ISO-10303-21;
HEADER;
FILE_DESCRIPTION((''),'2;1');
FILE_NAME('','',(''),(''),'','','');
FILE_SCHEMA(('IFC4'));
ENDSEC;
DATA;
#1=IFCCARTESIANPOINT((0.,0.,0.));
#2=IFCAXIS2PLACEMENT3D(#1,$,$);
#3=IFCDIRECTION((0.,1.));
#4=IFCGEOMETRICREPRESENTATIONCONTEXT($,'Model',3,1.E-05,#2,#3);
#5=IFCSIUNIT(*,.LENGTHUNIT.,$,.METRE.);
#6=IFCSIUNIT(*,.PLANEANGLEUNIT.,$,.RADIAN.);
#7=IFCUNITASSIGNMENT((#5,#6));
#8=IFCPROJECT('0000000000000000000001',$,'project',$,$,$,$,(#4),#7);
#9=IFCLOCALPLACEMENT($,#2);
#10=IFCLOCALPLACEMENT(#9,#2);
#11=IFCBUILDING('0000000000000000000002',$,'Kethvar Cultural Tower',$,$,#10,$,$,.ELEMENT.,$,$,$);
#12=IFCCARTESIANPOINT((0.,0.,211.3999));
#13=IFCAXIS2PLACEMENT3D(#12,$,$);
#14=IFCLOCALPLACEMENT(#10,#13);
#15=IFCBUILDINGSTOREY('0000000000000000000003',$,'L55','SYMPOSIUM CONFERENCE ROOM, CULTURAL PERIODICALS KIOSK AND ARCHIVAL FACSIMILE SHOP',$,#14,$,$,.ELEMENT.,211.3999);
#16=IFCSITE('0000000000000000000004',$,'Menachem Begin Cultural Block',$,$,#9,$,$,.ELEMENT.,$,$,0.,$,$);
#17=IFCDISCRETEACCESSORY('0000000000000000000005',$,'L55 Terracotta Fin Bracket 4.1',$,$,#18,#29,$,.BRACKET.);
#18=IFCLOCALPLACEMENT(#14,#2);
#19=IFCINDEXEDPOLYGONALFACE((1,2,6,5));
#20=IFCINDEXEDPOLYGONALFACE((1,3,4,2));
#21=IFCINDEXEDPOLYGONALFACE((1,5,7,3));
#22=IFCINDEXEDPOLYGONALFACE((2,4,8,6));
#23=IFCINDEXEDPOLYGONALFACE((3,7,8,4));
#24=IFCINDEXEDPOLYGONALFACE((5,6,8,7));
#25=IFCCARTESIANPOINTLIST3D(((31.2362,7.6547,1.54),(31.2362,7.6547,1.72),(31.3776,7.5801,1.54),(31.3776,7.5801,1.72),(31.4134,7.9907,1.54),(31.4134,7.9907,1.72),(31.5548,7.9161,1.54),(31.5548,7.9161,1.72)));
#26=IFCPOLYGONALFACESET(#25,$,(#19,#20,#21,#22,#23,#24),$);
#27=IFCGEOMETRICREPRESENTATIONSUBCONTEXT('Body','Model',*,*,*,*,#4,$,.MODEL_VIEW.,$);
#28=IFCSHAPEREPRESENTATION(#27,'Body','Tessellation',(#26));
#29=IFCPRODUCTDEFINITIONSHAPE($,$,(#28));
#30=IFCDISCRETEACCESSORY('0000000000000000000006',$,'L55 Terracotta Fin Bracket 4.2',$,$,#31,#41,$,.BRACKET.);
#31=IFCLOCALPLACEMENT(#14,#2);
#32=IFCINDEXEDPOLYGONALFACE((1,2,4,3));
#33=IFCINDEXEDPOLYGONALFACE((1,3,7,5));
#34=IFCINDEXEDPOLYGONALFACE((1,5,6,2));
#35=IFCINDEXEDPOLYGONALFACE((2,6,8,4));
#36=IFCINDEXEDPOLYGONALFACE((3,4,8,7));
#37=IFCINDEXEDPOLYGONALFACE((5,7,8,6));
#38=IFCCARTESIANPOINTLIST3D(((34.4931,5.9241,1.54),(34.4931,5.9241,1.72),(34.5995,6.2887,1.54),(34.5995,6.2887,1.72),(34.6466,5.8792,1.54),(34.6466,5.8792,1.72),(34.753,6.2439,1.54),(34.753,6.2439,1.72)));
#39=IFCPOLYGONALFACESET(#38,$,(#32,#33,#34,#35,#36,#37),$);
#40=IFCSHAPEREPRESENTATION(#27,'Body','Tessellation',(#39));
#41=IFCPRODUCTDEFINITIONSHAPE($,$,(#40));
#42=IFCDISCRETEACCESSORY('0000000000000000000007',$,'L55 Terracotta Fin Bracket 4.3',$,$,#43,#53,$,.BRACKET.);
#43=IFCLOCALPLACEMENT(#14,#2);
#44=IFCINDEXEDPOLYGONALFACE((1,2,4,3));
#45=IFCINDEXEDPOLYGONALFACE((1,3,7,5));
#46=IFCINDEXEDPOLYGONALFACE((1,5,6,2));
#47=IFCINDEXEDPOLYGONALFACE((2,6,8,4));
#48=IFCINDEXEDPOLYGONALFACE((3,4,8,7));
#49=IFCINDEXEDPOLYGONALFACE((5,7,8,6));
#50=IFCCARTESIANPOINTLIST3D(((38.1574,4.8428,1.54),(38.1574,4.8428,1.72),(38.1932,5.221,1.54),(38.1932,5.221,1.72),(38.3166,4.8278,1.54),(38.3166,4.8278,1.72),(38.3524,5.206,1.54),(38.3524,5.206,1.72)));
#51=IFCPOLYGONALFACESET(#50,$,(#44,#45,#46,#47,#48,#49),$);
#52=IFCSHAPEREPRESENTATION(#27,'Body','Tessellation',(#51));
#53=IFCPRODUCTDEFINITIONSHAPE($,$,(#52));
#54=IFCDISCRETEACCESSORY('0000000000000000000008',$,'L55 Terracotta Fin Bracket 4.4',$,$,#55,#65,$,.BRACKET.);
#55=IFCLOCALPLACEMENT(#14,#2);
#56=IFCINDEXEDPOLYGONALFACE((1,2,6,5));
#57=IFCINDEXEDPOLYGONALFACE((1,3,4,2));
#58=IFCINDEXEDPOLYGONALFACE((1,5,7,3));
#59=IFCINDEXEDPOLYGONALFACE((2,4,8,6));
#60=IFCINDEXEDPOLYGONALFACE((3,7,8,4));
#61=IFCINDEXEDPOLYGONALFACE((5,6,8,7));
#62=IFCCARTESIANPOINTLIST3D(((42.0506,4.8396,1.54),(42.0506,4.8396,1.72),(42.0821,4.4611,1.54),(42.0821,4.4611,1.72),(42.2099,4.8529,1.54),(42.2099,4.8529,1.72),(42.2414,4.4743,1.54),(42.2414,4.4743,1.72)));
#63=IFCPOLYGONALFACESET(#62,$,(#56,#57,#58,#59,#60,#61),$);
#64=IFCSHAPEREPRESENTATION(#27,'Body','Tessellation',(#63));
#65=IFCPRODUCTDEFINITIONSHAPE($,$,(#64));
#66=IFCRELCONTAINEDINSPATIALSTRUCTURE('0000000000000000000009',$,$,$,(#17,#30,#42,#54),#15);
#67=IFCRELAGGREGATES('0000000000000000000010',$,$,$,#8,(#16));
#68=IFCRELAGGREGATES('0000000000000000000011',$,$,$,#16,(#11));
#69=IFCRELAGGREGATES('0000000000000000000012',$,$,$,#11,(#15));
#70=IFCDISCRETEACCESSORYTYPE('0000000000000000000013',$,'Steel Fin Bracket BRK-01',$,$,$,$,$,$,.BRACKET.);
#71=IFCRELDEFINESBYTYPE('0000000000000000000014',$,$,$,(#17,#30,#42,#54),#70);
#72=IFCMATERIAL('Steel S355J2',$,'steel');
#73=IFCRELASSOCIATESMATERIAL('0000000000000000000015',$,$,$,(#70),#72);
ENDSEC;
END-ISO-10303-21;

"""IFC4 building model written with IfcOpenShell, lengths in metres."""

from ifc_helpers import new_model, si_unit, direction, frame, origin, origin_2d, place, context, subcontext, project, spatial, rectangle, extrude, source, transform, mapped, material, type_object, element, save


model = new_model("IFC4")

# Units and contexts
model_context = context("Model", 3, precision=1e-05, world=origin(), true_north=direction((0.0, 1.0)))
body_context = subcontext(model_context, "Body", "Model", "MODEL_VIEW")
ifc_project = project(units=[si_unit("LENGTHUNIT", "METRE"), si_unit("PLANEANGLEUNIT", "RADIAN")], contexts=[model_context])

# Site, building, storey
site_placement = place(None, origin())
site = spatial("IfcSite", under=ifc_project, at=site_placement, Name="Menachem Begin Cultural Block", CompositionType="ELEMENT", RefElevation=0.0)
building_placement = place(site_placement, origin())
building = spatial("IfcBuilding", under=site, at=building_placement, Name="Kethvar Cultural Tower", CompositionType="ELEMENT")
storey_placement = place(building_placement, frame((0.0, 0.0, 211.3999)))
storey = spatial("IfcBuildingStorey", under=building, at=storey_placement, Name="L55", Description="SYMPOSIUM CONFERENCE ROOM, CULTURAL PERIODICALS KIOSK AND ARCHIVAL FACSIMILE SHOP", CompositionType="ELEMENT", Elevation=211.3999)

# Shared definitions
ifc_material_1 = material(Name="Steel S355J2", Category="steel")

# Discrete accessories
discrete_accessory_type = type_object("IfcDiscreteAccessoryType", Name="Steel Fin Bracket BRK-01", PredefinedType="BRACKET", material=ifc_material_1)
shared_shape_1 = source(origin(), body_context, "Body", "SweptSolid", [
    extrude(rectangle(XDim=0.3799, YDim=0.1599, at=origin_2d()), origin(), (0.0, 0.0, 1.0), 0.1799),
])
for number, where, z_axis, x_axis, name in (
    (1, (31.3955, 7.7854, 1.54), (0.0, 0.0, 1.0), (-0.466387, -0.884581, 0.0), "L55 Terracotta Fin Bracket 4.1"),
    (2, (34.623, 6.084, 1.54), (0.0, 0.0, 1.0), (-0.280164, -0.959952, 0.0), "L55 Terracotta Fin Bracket 4.2"),
    (3, (38.2549, 5.0244, 1.54), (0.0, 0.0, 1.0), (-0.094108, -0.995562, 0.0), "L55 Terracotta Fin Bracket 4.3"),
    (4, (42.146, 4.657, 1.54), (0.0, 0.0, 1.0), (0.082982, -0.996551, 0.0), "L55 Terracotta Fin Bracket 4.4"),
):
    element("IfcDiscreteAccessory", number, at=place(storey_placement, frame(where, z_axis=z_axis, x_axis=x_axis)), inside=storey, type_object=discrete_accessory_type, Name=name, PredefinedType="BRACKET", context=body_context, shape_type="MappedRepresentation", body=[
        mapped(shared_shape_1, transform((0.0, 0.0, 0.0), scale=1.0)),
    ])

save(model, "model.ifc")
